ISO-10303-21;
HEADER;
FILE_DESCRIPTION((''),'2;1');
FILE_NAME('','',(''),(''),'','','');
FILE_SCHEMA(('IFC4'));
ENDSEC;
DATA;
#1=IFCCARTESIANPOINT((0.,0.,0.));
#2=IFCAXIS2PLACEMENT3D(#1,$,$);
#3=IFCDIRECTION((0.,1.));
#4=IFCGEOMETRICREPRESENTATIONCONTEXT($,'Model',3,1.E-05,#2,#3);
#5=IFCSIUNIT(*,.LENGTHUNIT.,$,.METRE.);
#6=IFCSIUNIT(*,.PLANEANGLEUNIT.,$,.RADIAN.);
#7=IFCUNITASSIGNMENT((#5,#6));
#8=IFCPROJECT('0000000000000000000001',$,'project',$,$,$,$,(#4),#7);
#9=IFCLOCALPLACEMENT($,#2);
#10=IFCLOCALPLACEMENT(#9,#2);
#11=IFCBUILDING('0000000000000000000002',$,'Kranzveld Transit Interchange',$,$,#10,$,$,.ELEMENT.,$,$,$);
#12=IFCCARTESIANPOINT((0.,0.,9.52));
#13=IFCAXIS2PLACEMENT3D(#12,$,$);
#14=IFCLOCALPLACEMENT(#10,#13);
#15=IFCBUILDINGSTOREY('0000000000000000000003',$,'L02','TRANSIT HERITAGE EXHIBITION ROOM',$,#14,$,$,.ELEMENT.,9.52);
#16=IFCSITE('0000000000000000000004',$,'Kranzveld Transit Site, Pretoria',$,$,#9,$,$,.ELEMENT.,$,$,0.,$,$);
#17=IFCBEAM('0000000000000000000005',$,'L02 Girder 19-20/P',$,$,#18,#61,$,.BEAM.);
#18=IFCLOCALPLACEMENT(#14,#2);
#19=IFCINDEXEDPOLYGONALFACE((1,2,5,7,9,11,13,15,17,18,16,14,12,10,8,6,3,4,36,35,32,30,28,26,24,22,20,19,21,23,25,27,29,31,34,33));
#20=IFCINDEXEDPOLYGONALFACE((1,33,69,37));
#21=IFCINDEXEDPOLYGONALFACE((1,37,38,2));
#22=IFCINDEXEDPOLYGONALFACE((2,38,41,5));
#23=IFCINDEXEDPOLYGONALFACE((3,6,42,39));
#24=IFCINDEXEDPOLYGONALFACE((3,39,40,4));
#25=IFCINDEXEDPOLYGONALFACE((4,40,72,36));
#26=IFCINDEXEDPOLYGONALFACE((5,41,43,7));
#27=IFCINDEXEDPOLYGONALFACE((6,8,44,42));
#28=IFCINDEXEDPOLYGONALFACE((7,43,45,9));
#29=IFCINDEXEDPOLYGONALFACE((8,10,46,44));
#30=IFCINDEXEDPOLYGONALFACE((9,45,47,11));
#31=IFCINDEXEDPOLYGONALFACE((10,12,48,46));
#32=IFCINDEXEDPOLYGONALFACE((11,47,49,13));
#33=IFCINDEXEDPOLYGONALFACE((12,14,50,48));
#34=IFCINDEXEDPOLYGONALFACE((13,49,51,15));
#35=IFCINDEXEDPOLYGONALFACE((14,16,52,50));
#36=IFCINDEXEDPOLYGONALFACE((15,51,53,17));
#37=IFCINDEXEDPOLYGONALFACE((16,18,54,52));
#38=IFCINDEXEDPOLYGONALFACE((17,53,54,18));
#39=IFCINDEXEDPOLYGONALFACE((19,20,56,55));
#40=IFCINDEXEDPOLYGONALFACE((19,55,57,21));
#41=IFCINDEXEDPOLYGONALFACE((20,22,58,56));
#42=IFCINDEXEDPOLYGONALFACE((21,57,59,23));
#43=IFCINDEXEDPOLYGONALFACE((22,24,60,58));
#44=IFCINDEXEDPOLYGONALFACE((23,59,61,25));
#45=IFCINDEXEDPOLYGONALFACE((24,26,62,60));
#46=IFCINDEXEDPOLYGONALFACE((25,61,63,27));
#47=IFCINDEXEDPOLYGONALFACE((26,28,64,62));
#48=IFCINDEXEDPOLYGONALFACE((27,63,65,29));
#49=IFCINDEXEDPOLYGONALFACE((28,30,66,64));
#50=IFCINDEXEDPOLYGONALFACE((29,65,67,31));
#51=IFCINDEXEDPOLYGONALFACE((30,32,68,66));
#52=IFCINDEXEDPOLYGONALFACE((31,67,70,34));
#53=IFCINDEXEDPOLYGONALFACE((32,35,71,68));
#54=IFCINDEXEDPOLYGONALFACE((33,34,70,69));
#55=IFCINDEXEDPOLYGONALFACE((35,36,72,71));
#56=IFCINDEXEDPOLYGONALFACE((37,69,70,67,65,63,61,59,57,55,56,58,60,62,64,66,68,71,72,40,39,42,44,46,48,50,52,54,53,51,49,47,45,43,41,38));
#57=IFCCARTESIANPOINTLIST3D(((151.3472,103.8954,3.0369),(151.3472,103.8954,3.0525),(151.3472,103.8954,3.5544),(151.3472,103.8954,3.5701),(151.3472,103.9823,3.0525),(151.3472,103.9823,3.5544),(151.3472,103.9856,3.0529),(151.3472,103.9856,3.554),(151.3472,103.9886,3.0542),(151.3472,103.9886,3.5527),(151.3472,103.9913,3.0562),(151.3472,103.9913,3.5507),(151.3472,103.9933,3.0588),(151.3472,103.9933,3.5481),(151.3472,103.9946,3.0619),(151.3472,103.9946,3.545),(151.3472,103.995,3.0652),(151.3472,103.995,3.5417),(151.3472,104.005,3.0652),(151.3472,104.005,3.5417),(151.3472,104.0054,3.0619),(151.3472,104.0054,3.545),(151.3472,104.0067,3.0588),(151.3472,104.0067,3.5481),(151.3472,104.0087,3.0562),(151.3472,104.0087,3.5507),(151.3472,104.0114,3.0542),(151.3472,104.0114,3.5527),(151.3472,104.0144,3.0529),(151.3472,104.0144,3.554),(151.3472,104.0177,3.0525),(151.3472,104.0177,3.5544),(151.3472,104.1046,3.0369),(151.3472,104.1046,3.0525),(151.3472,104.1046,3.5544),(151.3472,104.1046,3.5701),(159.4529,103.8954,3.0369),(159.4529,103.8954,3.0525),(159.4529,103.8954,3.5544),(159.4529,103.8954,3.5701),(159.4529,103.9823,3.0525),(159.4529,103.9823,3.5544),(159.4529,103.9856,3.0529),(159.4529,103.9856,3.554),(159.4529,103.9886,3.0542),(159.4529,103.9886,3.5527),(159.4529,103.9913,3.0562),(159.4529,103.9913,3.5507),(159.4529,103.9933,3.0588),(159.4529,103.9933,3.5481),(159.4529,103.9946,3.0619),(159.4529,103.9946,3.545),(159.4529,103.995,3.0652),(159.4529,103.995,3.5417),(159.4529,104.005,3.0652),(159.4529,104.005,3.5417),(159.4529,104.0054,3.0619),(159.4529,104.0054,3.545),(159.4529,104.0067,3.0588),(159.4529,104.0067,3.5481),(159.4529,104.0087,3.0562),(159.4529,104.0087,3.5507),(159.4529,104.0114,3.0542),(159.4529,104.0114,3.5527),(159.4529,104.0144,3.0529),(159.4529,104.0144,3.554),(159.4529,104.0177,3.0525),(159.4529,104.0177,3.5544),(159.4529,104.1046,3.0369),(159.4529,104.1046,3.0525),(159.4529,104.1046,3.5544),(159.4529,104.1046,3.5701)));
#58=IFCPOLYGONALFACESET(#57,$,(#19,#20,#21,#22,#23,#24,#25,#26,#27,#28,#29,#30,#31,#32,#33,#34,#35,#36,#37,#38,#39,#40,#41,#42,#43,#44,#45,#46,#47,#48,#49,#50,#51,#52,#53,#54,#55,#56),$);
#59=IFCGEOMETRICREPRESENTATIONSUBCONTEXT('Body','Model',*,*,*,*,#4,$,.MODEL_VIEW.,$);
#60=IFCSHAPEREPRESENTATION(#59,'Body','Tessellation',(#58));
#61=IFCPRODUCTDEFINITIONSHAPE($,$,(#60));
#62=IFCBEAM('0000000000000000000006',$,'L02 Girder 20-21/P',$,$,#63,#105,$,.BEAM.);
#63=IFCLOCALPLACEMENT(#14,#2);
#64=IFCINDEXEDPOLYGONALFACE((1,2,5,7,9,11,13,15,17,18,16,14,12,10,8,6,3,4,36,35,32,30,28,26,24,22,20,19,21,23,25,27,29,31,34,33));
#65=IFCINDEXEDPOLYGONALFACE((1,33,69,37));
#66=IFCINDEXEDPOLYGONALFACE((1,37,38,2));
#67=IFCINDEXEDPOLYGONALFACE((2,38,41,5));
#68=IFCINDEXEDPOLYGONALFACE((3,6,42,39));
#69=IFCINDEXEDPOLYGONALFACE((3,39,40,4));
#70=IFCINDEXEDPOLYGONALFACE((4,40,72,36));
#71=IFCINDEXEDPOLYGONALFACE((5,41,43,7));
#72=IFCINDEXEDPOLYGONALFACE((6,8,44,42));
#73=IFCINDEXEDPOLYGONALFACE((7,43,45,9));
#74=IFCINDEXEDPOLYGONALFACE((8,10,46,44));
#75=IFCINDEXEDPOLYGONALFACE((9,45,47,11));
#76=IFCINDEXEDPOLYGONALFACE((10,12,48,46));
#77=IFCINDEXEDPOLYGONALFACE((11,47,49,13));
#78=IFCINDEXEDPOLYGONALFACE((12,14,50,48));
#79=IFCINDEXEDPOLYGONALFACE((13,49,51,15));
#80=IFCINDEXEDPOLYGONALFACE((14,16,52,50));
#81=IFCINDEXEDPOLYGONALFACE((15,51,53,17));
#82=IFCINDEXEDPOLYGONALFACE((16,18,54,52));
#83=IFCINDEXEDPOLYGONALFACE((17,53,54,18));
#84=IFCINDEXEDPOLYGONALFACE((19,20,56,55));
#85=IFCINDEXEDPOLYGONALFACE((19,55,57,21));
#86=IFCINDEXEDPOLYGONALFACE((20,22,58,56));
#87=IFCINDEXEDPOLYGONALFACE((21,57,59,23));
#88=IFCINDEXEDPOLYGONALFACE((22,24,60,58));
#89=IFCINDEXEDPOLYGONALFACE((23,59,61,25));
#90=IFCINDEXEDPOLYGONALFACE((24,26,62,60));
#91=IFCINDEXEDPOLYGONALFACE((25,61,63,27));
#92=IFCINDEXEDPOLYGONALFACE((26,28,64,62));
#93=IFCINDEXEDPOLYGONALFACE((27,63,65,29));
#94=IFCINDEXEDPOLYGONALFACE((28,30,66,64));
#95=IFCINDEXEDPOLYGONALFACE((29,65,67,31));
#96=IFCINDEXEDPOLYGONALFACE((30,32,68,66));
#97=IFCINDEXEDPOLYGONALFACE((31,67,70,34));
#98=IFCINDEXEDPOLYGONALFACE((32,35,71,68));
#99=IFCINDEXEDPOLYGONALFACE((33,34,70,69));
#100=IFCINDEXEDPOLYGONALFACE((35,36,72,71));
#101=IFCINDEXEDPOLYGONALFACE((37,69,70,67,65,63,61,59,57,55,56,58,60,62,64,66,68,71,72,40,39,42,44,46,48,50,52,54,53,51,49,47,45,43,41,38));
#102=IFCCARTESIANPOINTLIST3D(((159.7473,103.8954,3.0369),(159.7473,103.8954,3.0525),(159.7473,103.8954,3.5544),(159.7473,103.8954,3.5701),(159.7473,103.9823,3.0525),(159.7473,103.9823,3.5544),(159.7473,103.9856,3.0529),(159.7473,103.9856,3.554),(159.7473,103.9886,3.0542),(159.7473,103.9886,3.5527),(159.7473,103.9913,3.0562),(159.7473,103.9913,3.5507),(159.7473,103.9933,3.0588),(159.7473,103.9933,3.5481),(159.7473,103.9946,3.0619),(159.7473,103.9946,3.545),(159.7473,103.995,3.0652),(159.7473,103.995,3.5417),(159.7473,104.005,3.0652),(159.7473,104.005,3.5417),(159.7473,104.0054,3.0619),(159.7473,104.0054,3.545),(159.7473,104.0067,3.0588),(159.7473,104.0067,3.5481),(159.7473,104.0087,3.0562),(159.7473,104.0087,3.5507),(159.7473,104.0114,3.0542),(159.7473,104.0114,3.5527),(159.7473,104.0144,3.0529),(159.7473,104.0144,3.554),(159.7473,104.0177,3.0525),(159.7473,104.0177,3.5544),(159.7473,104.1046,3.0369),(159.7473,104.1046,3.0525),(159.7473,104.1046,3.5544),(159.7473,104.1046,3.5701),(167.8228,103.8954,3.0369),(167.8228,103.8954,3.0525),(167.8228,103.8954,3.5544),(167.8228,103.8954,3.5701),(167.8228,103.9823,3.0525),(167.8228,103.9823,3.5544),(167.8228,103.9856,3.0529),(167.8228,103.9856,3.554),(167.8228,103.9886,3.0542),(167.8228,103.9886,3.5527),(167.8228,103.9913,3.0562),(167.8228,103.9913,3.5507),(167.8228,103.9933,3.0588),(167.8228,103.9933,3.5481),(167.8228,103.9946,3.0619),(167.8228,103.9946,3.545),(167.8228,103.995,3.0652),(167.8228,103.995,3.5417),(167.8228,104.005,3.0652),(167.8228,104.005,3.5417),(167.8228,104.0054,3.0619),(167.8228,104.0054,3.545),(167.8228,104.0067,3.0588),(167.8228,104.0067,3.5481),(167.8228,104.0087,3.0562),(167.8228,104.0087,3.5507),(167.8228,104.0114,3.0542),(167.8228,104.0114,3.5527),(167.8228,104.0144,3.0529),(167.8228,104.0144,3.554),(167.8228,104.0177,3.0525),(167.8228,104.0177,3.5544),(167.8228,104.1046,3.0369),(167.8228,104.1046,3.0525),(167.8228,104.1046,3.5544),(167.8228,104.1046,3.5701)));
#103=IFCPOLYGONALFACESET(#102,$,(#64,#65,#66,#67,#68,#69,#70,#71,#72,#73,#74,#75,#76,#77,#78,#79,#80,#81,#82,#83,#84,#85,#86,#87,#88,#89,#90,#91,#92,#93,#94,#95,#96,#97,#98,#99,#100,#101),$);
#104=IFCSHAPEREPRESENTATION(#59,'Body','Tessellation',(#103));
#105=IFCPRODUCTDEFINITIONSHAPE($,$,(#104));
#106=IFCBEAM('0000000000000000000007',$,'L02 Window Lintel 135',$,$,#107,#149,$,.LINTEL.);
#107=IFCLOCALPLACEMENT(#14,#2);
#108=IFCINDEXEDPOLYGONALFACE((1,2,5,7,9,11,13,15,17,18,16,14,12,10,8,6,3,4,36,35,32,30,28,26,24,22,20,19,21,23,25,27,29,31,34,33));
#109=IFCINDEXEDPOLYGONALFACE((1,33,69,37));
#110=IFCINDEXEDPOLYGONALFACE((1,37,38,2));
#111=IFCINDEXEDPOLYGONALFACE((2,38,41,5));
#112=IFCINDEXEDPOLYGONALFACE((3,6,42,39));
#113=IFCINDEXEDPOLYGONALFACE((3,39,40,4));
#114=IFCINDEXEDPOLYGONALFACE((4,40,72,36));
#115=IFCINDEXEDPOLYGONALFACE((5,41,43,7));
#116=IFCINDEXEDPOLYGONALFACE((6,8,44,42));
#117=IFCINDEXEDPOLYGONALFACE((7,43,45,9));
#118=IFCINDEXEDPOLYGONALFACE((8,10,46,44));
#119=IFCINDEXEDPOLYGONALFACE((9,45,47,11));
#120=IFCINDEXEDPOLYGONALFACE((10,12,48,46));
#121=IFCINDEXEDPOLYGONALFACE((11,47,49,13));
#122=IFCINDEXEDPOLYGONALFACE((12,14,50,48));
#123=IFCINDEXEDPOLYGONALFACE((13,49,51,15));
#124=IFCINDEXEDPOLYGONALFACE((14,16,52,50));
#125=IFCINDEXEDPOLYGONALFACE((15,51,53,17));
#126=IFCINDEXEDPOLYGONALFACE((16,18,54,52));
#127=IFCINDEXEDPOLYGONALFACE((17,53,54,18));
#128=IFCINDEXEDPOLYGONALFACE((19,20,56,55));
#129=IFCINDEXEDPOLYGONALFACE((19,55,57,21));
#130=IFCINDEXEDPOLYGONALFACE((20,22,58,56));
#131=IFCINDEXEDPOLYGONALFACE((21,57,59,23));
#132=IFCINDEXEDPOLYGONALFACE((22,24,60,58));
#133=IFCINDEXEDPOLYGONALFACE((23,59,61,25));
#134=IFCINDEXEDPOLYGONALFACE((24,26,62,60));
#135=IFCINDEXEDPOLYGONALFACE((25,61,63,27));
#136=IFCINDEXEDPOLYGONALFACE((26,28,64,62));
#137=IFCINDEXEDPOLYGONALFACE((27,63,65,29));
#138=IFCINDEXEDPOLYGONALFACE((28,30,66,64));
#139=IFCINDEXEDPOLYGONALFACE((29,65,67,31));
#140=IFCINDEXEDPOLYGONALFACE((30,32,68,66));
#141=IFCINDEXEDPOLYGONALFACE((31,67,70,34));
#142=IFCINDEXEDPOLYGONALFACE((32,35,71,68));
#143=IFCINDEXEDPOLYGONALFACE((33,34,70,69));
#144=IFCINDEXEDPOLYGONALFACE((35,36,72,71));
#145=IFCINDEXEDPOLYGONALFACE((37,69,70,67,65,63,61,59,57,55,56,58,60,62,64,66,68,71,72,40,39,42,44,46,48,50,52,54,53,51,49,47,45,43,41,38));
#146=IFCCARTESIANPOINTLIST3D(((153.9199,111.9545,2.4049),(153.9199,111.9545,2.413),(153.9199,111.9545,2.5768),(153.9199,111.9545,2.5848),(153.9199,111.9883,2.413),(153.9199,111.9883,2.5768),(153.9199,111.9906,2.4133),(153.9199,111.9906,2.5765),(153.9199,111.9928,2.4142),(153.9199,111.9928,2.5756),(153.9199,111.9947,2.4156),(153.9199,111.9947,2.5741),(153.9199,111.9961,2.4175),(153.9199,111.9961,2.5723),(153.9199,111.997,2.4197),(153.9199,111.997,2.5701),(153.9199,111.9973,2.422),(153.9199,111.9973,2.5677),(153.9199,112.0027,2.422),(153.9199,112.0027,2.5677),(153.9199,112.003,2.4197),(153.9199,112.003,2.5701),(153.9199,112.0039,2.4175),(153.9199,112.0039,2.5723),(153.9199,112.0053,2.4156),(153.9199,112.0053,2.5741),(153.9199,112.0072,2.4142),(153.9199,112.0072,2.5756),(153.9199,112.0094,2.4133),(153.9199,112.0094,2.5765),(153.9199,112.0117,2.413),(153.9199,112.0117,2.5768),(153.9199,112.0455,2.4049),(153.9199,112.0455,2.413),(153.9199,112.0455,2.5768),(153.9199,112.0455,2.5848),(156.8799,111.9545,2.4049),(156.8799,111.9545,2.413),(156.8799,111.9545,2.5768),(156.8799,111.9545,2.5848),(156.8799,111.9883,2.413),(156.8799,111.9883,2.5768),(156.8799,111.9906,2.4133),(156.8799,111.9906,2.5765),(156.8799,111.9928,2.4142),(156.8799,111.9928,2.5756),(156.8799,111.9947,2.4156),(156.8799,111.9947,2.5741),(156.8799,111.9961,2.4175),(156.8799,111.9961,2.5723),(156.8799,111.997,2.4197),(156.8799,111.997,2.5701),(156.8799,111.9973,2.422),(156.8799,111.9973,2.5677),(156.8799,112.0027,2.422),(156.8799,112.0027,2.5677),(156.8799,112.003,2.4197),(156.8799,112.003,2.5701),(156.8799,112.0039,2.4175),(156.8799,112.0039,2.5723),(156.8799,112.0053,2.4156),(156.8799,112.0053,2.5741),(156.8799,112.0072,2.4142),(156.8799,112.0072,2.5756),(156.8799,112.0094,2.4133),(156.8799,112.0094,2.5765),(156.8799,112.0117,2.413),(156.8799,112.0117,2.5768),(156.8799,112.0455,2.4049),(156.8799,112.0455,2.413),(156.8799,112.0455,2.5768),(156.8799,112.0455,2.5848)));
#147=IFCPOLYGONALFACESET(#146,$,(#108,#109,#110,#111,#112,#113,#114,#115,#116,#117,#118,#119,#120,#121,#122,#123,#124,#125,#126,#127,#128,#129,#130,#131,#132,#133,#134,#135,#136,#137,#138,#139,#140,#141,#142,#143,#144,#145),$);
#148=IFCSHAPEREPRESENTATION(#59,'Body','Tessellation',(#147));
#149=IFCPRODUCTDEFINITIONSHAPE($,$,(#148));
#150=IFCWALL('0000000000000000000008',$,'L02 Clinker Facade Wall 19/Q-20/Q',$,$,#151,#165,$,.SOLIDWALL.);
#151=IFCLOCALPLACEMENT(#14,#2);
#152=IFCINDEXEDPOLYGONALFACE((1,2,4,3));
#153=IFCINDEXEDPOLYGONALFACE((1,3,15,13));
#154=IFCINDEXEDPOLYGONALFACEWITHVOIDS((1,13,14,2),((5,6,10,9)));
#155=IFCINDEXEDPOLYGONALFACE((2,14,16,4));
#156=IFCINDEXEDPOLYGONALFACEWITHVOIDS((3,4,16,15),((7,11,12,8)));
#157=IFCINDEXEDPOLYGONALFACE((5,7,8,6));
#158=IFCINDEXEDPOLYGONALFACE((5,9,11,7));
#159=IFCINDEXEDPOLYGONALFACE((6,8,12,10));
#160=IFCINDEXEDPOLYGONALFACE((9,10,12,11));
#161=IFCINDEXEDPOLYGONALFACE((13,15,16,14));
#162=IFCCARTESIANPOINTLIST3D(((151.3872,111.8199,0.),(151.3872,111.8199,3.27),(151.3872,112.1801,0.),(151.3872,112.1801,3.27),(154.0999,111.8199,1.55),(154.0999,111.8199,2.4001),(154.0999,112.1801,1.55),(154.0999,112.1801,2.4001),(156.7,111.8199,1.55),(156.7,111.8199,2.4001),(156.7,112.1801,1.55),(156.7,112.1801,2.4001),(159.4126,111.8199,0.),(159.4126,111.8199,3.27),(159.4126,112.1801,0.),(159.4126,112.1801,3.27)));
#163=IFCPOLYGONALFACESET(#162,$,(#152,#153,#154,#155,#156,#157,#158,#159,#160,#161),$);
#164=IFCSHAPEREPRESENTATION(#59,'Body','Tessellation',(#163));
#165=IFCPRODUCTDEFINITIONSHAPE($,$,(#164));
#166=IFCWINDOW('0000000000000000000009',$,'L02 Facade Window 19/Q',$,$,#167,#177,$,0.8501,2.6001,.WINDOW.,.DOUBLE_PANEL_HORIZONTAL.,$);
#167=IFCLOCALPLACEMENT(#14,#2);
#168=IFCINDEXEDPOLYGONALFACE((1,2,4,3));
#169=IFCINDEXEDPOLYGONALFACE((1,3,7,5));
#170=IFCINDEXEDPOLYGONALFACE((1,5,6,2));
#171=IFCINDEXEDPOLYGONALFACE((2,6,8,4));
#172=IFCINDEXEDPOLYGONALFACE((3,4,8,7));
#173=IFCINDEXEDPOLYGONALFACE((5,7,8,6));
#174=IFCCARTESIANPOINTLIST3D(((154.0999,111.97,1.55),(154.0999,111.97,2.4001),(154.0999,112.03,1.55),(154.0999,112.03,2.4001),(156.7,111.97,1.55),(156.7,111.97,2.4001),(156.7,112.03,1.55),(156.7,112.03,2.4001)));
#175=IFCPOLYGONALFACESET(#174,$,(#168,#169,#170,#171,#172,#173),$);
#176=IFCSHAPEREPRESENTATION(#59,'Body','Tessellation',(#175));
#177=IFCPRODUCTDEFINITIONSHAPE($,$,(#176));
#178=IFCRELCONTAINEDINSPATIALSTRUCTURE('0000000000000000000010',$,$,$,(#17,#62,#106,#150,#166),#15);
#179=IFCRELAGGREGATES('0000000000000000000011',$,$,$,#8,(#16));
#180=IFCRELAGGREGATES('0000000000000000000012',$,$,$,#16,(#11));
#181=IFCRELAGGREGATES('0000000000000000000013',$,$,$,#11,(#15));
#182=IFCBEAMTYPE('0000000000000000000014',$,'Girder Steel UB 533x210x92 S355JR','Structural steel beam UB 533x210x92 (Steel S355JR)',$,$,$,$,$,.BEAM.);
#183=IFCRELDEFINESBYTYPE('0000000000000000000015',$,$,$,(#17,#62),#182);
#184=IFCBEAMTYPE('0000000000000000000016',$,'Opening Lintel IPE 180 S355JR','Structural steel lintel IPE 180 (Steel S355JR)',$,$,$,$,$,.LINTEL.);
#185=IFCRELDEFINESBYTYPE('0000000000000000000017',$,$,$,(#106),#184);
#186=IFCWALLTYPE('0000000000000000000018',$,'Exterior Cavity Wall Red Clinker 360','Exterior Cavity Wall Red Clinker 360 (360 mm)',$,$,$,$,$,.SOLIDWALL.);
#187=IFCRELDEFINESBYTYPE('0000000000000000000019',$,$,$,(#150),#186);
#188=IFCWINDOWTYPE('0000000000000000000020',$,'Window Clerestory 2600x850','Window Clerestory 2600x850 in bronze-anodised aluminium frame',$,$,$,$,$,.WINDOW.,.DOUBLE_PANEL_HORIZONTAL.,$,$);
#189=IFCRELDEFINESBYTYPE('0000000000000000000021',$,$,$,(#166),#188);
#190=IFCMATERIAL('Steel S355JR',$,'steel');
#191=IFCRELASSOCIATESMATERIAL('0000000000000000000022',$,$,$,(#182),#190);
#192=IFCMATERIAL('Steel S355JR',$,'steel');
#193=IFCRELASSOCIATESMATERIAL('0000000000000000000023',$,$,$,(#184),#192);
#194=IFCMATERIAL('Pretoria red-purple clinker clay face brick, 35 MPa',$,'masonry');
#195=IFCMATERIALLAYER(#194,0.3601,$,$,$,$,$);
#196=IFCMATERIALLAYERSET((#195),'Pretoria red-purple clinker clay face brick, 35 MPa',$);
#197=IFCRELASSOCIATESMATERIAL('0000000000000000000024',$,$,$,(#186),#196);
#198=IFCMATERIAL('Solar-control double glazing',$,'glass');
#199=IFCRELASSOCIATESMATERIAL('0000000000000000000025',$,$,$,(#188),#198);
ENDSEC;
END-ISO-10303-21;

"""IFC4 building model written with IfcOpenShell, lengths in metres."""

from ifc_helpers import new_model, si_unit, direction, frame, frame_2d, origin, origin_2d, place, context, subcontext, project, spatial, rectangle, i_section, extrude, material, layer, layer_set, material_profile, profile_set, type_object, element, fill, save


model = new_model("IFC4")

# Units and contexts
model_context = context("Model", 3, precision=1e-05, world=origin(), true_north=direction((0.0, 1.0)))
body_context = subcontext(model_context, "Body", "Model", "MODEL_VIEW")
ifc_project = project(units=[si_unit("LENGTHUNIT", "METRE"), si_unit("PLANEANGLEUNIT", "RADIAN")], contexts=[model_context])

# Site, building, storey
site_placement = place(None, origin())
site = spatial("IfcSite", under=ifc_project, at=site_placement, Name="Kranzveld Transit Site, Pretoria", CompositionType="ELEMENT", RefElevation=0.0)
building_placement = place(site_placement, origin())
building = spatial("IfcBuilding", under=site, at=building_placement, Name="Kranzveld Transit Interchange", CompositionType="ELEMENT")
storey_placement = place(building_placement, frame((0.0, 0.0, 9.52)))
storey = spatial("IfcBuildingStorey", under=building, at=storey_placement, Name="L02", Description="TRANSIT HERITAGE EXHIBITION ROOM", CompositionType="ELEMENT", Elevation=9.52)

# Beams
ifc_material_1 = material(Name="Steel S355JR", Category="steel")
ifc_material_profile_1 = material_profile(ifc_material_1, i_section(OverallWidth=0.2092, OverallDepth=0.5332, WebThickness=0.01, FlangeThickness=0.0156, FilletRadius=0.0127, at=origin_2d()), Name="UB 533x210x92")
ifc_profile_set_1 = profile_set([ifc_material_profile_1], Name="Steel S355JR")
beam_type_1 = type_object("IfcBeamType", Name="Girder Steel UB 533x210x92 S355JR", Description="Structural steel beam UB 533x210x92 (Steel S355JR)", PredefinedType="BEAM", material=ifc_profile_set_1)
beam_1_placement = place(storey_placement, frame((151.3472, 104.0, 3.3035), z_axis=(1.0, 0.0, 0.0), x_axis=(0.0, 1.0, 0.0)))
element("IfcBeam", 1, at=beam_1_placement, inside=storey, type_object=beam_type_1, Name="L02 Girder 19-20/P", PredefinedType="BEAM", context=body_context, shape_type="SweptSolid", body=[
    extrude(i_section(OverallWidth=0.2092, OverallDepth=0.5332, WebThickness=0.01, FlangeThickness=0.0156, FilletRadius=0.0127, at=origin_2d()), origin(), (0.0, 0.0, 1.0), 8.1057),
])
beam_2_placement = place(storey_placement, frame((159.7473, 104.0, 3.3035), z_axis=(1.0, 0.0, 0.0), x_axis=(0.0, 1.0, 0.0)))
element("IfcBeam", 2, at=beam_2_placement, inside=storey, type_object=beam_type_1, Name="L02 Girder 20-21/P", PredefinedType="BEAM", context=body_context, shape_type="SweptSolid", body=[
    extrude(i_section(OverallWidth=0.2092, OverallDepth=0.5332, WebThickness=0.01, FlangeThickness=0.0156, FilletRadius=0.0127, at=origin_2d()), origin(), (0.0, 0.0, 1.0), 8.0754),
])
ifc_material_2 = material(Name="Steel S355JR", Category="steel")
ifc_material_profile_2 = material_profile(ifc_material_2, i_section(OverallWidth=0.0911, OverallDepth=0.1799, WebThickness=0.0054, FlangeThickness=0.0081, FilletRadius=0.009, at=origin_2d()), Name="IPE 180")
ifc_profile_set_2 = profile_set([ifc_material_profile_2], Name="Steel S355JR")
beam_type_2 = type_object("IfcBeamType", Name="Opening Lintel IPE 180 S355JR", Description="Structural steel lintel IPE 180 (Steel S355JR)", PredefinedType="LINTEL", material=ifc_profile_set_2)
beam_3_placement = place(storey_placement, frame((153.9199, 112.0, 2.4949), z_axis=(1.0, 0.0, 0.0), x_axis=(0.0, 1.0, 0.0)))
element("IfcBeam", 3, at=beam_3_placement, inside=storey, type_object=beam_type_2, Name="L02 Window Lintel 135", PredefinedType="LINTEL", context=body_context, shape_type="SweptSolid", body=[
    extrude(i_section(OverallWidth=0.0911, OverallDepth=0.1799, WebThickness=0.0054, FlangeThickness=0.0081, FilletRadius=0.009, at=origin_2d()), origin(), (0.0, 0.0, 1.0), 2.96),
])

# Wall, opening, window
ifc_material_3 = material(Name="Pretoria red-purple clinker clay face brick, 35 MPa", Category="masonry")
ifc_layer_1 = layer(ifc_material_3, 0.3601)
ifc_layer_set_1 = layer_set([ifc_layer_1], Name="Pretoria red-purple clinker clay face brick, 35 MPa")
wall_type = type_object("IfcWallType", Name="Exterior Cavity Wall Red Clinker 360", Description="Exterior Cavity Wall Red Clinker 360 (360 mm)", PredefinedType="SOLIDWALL", material=ifc_layer_set_1)
wall_placement = place(storey_placement, frame((151.3872, 112.0, 0.0), z_axis=(0.0, 0.0, 1.0), x_axis=(1.0, 0.0, 0.0)))
wall = element("IfcWall", 4, at=wall_placement, inside=storey, type_object=wall_type, Name="L02 Clinker Facade Wall 19/Q-20/Q", PredefinedType="SOLIDWALL", context=body_context, shape_type="SweptSolid", body=[
    extrude(rectangle(XDim=8.0254, YDim=0.3601, at=frame_2d((4.0127, 0.0))), origin(), (0.0, 0.0, 1.0), 3.27),
])
opening_placement = place(wall_placement, frame((2.7126, 0.0, 1.55), z_axis=(0.0, 0.0, 1.0), x_axis=(1.0, 0.0, 0.0)))
opening = element("IfcOpeningElement", 5, at=opening_placement, cuts=wall, PredefinedType="OPENING", context=body_context, shape_type="SweptSolid", body=[
    extrude(rectangle(XDim=2.6001, YDim=0.8501, at=frame_2d((1.3, 0.425))), frame((0.0, 0.1899, 0.0), z_axis=(0.0, -1.0, 0.0), x_axis=(1.0, 0.0, 0.0)), (0.0, 0.0, 1.0), 0.3801),
])
ifc_material_4 = material(Name="Solar-control double glazing", Category="glass")
window_type = type_object("IfcWindowType", Name="Window Clerestory 2600x850", Description="Window Clerestory 2600x850 in bronze-anodised aluminium frame", PartitioningType="DOUBLE_PANEL_HORIZONTAL", PredefinedType="WINDOW", material=ifc_material_4)
window_placement = place(opening_placement, origin())
window = element("IfcWindow", 6, at=window_placement, inside=storey, type_object=window_type, Name="L02 Facade Window 19/Q", OverallHeight=0.8501, OverallWidth=2.6001, PartitioningType="DOUBLE_PANEL_HORIZONTAL", PredefinedType="WINDOW", context=body_context, shape_type="SweptSolid", body=[
    extrude(rectangle(XDim=2.6001, YDim=0.8501, at=frame_2d((1.3, 0.425))), frame((0.0, 0.03, 0.0), z_axis=(0.0, -1.0, 0.0), x_axis=(1.0, 0.0, 0.0)), (0.0, 0.0, 1.0), 0.0601),
])
fill(opening, window)

save(model, "model.ifc")
